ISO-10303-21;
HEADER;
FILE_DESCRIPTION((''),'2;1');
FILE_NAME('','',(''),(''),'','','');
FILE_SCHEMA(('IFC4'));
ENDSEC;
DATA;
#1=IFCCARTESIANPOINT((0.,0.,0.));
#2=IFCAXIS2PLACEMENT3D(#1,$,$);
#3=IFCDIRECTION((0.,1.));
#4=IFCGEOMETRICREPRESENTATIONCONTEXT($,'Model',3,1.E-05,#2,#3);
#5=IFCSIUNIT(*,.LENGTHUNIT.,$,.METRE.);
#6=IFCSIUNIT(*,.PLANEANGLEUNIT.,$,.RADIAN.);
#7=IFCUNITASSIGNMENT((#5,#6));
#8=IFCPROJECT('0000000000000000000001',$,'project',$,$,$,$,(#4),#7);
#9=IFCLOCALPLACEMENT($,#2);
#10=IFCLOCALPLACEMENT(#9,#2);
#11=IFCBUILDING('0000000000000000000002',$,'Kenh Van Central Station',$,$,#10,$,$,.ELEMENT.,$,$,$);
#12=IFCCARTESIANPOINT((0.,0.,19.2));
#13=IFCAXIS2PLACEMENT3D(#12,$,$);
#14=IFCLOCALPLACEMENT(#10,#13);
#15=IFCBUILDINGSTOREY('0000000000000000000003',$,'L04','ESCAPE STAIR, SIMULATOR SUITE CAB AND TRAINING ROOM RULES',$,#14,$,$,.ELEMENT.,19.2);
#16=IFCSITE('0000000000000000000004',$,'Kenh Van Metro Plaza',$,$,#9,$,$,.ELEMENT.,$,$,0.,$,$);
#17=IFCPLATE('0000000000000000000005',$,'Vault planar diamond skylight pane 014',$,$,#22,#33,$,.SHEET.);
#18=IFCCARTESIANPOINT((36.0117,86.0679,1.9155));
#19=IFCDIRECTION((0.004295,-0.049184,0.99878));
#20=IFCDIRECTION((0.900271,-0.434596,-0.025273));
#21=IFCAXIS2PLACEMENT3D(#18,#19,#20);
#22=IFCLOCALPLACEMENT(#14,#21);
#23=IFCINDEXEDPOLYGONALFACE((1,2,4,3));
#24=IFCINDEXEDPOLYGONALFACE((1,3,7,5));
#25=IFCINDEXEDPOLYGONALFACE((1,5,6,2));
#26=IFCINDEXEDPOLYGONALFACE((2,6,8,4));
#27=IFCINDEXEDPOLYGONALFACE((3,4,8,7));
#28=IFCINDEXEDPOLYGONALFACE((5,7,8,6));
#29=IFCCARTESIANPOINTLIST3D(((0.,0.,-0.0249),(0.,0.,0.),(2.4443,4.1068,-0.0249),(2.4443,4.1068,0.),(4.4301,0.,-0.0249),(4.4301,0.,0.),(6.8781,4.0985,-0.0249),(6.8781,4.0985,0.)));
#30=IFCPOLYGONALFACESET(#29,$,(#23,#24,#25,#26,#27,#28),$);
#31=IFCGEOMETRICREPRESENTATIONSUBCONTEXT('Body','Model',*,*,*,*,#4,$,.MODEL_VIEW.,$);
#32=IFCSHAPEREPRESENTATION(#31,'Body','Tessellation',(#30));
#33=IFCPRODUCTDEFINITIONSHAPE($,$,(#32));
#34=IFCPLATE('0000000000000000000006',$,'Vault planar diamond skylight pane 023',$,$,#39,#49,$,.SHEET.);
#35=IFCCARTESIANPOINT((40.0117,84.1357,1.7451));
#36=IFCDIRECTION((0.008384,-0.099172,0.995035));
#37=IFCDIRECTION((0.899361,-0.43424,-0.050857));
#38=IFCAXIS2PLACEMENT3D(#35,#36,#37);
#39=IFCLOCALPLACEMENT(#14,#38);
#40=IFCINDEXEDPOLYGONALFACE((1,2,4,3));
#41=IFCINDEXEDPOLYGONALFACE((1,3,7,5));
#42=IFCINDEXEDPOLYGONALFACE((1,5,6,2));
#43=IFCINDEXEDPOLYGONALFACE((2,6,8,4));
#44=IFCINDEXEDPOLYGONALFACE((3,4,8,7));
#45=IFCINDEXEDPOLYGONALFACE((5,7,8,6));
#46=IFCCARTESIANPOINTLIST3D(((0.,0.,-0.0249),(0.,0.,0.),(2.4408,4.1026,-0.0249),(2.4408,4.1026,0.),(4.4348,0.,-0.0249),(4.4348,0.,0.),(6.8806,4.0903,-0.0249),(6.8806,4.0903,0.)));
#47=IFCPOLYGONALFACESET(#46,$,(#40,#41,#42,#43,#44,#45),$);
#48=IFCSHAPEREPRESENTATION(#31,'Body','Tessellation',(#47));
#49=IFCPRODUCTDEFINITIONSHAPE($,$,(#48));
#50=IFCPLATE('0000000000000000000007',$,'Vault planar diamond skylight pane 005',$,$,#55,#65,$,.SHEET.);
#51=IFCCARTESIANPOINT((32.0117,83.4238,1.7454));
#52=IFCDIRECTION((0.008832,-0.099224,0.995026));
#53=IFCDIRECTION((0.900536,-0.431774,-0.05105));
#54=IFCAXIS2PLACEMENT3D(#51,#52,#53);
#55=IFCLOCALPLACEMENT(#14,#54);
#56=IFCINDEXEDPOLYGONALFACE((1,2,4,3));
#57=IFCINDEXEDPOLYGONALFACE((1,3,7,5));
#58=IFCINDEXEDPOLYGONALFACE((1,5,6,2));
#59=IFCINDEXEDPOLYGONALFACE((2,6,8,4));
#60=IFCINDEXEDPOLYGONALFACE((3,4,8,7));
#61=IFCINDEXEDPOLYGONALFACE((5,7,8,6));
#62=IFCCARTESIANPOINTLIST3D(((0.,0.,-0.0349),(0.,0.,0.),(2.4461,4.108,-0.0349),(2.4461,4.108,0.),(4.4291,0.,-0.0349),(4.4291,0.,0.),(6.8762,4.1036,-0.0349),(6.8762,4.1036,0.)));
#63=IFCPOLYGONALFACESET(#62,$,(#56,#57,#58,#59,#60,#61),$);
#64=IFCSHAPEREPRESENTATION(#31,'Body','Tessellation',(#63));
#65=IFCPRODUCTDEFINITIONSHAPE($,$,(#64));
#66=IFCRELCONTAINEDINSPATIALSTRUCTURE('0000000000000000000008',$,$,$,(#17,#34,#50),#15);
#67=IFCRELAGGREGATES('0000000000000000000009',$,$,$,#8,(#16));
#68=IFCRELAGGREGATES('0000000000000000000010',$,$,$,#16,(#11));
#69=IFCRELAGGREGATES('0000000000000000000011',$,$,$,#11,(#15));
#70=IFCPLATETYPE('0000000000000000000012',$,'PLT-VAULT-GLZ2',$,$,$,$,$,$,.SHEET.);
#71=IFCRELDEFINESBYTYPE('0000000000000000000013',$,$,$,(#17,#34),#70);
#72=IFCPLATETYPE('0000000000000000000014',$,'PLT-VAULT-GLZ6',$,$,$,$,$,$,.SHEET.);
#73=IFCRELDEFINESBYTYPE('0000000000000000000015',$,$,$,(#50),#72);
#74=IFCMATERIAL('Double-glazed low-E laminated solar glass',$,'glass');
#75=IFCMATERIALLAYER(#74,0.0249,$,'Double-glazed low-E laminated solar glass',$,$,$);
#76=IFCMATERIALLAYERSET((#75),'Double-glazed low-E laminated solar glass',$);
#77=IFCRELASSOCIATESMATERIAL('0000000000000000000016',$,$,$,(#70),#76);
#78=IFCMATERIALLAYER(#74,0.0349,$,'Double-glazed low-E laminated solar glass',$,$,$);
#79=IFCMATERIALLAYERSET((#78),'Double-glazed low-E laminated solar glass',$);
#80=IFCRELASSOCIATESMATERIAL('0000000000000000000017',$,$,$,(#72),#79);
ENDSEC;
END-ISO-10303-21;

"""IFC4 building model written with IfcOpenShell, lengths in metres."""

from ifc_helpers import new_model, si_unit, direction, frame, origin, place, context, subcontext, project, spatial, polyline, outline, extrude, material, layer, layer_set, type_object, element, save


model = new_model("IFC4")

# Units and contexts
model_context = context("Model", 3, precision=1e-05, world=origin(), true_north=direction((0.0, 1.0)))
body_context = subcontext(model_context, "Body", "Model", "MODEL_VIEW")
ifc_project = project(units=[si_unit("LENGTHUNIT", "METRE"), si_unit("PLANEANGLEUNIT", "RADIAN")], contexts=[model_context])

# Site, building, storey
site_placement = place(None, origin())
site = spatial("IfcSite", under=ifc_project, at=site_placement, Name="Kenh Van Metro Plaza", CompositionType="ELEMENT", RefElevation=0.0)
building_placement = place(site_placement, origin())
building = spatial("IfcBuilding", under=site, at=building_placement, Name="Kenh Van Central Station", CompositionType="ELEMENT")
storey_placement = place(building_placement, frame((0.0, 0.0, 19.2)))
storey = spatial("IfcBuildingStorey", under=building, at=storey_placement, Name="L04", Description="ESCAPE STAIR, SIMULATOR SUITE CAB AND TRAINING ROOM RULES", CompositionType="ELEMENT", Elevation=19.2)

# Plates
ifc_material_1 = material(Name="Double-glazed low-E laminated solar glass", Category="glass")
ifc_layer_1 = layer(ifc_material_1, 0.0249, Name="Double-glazed low-E laminated solar glass")
ifc_layer_set_1 = layer_set([ifc_layer_1], Name="Double-glazed low-E laminated solar glass")
plate_type_1 = type_object("IfcPlateType", Name="PLT-VAULT-GLZ2", PredefinedType="SHEET", material=ifc_layer_set_1)
plate_1_placement = place(storey_placement, frame((36.0117, 86.0679, 1.9155), z_axis=(0.004295, -0.049184, 0.99878), x_axis=(0.900271, -0.434596, -0.025273)))
element("IfcPlate", 1, at=plate_1_placement, inside=storey, type_object=plate_type_1, Name="Vault planar diamond skylight pane 014", PredefinedType="SHEET", context=body_context, shape_type="SweptSolid", body=[
    extrude(outline(polyline([(0.0, 0.0), (4.4301, 0.0), (6.8781, 4.0985), (2.4443, 4.1068), (0.0, 0.0)])), origin(), (0.0, 0.0, -1.0), 0.0249),
])
plate_2_placement = place(storey_placement, frame((40.0117, 84.1357, 1.7451), z_axis=(0.008384, -0.099172, 0.995035), x_axis=(0.899361, -0.43424, -0.050857)))
element("IfcPlate", 2, at=plate_2_placement, inside=storey, type_object=plate_type_1, Name="Vault planar diamond skylight pane 023", PredefinedType="SHEET", context=body_context, shape_type="SweptSolid", body=[
    extrude(outline(polyline([(0.0, 0.0), (4.4348, 0.0), (6.8806, 4.0903), (2.4408, 4.1026), (0.0, 0.0)])), origin(), (0.0, 0.0, -1.0), 0.0249),
])
ifc_layer_2 = layer(ifc_material_1, 0.0349, Name="Double-glazed low-E laminated solar glass")
ifc_layer_set_2 = layer_set([ifc_layer_2], Name="Double-glazed low-E laminated solar glass")
plate_type_2 = type_object("IfcPlateType", Name="PLT-VAULT-GLZ6", PredefinedType="SHEET", material=ifc_layer_set_2)
plate_3_placement = place(storey_placement, frame((32.0117, 83.4238, 1.7454), z_axis=(0.008832, -0.099224, 0.995026), x_axis=(0.900536, -0.431774, -0.05105)))
element("IfcPlate", 3, at=plate_3_placement, inside=storey, type_object=plate_type_2, Name="Vault planar diamond skylight pane 005", PredefinedType="SHEET", context=body_context, shape_type="SweptSolid", body=[
    extrude(outline(polyline([(0.0, 0.0), (4.4291, 0.0), (6.8762, 4.1036), (2.4461, 4.108), (0.0, 0.0)])), origin(), (0.0, 0.0, -1.0), 0.0349),
])

save(model, "model.ifc")
